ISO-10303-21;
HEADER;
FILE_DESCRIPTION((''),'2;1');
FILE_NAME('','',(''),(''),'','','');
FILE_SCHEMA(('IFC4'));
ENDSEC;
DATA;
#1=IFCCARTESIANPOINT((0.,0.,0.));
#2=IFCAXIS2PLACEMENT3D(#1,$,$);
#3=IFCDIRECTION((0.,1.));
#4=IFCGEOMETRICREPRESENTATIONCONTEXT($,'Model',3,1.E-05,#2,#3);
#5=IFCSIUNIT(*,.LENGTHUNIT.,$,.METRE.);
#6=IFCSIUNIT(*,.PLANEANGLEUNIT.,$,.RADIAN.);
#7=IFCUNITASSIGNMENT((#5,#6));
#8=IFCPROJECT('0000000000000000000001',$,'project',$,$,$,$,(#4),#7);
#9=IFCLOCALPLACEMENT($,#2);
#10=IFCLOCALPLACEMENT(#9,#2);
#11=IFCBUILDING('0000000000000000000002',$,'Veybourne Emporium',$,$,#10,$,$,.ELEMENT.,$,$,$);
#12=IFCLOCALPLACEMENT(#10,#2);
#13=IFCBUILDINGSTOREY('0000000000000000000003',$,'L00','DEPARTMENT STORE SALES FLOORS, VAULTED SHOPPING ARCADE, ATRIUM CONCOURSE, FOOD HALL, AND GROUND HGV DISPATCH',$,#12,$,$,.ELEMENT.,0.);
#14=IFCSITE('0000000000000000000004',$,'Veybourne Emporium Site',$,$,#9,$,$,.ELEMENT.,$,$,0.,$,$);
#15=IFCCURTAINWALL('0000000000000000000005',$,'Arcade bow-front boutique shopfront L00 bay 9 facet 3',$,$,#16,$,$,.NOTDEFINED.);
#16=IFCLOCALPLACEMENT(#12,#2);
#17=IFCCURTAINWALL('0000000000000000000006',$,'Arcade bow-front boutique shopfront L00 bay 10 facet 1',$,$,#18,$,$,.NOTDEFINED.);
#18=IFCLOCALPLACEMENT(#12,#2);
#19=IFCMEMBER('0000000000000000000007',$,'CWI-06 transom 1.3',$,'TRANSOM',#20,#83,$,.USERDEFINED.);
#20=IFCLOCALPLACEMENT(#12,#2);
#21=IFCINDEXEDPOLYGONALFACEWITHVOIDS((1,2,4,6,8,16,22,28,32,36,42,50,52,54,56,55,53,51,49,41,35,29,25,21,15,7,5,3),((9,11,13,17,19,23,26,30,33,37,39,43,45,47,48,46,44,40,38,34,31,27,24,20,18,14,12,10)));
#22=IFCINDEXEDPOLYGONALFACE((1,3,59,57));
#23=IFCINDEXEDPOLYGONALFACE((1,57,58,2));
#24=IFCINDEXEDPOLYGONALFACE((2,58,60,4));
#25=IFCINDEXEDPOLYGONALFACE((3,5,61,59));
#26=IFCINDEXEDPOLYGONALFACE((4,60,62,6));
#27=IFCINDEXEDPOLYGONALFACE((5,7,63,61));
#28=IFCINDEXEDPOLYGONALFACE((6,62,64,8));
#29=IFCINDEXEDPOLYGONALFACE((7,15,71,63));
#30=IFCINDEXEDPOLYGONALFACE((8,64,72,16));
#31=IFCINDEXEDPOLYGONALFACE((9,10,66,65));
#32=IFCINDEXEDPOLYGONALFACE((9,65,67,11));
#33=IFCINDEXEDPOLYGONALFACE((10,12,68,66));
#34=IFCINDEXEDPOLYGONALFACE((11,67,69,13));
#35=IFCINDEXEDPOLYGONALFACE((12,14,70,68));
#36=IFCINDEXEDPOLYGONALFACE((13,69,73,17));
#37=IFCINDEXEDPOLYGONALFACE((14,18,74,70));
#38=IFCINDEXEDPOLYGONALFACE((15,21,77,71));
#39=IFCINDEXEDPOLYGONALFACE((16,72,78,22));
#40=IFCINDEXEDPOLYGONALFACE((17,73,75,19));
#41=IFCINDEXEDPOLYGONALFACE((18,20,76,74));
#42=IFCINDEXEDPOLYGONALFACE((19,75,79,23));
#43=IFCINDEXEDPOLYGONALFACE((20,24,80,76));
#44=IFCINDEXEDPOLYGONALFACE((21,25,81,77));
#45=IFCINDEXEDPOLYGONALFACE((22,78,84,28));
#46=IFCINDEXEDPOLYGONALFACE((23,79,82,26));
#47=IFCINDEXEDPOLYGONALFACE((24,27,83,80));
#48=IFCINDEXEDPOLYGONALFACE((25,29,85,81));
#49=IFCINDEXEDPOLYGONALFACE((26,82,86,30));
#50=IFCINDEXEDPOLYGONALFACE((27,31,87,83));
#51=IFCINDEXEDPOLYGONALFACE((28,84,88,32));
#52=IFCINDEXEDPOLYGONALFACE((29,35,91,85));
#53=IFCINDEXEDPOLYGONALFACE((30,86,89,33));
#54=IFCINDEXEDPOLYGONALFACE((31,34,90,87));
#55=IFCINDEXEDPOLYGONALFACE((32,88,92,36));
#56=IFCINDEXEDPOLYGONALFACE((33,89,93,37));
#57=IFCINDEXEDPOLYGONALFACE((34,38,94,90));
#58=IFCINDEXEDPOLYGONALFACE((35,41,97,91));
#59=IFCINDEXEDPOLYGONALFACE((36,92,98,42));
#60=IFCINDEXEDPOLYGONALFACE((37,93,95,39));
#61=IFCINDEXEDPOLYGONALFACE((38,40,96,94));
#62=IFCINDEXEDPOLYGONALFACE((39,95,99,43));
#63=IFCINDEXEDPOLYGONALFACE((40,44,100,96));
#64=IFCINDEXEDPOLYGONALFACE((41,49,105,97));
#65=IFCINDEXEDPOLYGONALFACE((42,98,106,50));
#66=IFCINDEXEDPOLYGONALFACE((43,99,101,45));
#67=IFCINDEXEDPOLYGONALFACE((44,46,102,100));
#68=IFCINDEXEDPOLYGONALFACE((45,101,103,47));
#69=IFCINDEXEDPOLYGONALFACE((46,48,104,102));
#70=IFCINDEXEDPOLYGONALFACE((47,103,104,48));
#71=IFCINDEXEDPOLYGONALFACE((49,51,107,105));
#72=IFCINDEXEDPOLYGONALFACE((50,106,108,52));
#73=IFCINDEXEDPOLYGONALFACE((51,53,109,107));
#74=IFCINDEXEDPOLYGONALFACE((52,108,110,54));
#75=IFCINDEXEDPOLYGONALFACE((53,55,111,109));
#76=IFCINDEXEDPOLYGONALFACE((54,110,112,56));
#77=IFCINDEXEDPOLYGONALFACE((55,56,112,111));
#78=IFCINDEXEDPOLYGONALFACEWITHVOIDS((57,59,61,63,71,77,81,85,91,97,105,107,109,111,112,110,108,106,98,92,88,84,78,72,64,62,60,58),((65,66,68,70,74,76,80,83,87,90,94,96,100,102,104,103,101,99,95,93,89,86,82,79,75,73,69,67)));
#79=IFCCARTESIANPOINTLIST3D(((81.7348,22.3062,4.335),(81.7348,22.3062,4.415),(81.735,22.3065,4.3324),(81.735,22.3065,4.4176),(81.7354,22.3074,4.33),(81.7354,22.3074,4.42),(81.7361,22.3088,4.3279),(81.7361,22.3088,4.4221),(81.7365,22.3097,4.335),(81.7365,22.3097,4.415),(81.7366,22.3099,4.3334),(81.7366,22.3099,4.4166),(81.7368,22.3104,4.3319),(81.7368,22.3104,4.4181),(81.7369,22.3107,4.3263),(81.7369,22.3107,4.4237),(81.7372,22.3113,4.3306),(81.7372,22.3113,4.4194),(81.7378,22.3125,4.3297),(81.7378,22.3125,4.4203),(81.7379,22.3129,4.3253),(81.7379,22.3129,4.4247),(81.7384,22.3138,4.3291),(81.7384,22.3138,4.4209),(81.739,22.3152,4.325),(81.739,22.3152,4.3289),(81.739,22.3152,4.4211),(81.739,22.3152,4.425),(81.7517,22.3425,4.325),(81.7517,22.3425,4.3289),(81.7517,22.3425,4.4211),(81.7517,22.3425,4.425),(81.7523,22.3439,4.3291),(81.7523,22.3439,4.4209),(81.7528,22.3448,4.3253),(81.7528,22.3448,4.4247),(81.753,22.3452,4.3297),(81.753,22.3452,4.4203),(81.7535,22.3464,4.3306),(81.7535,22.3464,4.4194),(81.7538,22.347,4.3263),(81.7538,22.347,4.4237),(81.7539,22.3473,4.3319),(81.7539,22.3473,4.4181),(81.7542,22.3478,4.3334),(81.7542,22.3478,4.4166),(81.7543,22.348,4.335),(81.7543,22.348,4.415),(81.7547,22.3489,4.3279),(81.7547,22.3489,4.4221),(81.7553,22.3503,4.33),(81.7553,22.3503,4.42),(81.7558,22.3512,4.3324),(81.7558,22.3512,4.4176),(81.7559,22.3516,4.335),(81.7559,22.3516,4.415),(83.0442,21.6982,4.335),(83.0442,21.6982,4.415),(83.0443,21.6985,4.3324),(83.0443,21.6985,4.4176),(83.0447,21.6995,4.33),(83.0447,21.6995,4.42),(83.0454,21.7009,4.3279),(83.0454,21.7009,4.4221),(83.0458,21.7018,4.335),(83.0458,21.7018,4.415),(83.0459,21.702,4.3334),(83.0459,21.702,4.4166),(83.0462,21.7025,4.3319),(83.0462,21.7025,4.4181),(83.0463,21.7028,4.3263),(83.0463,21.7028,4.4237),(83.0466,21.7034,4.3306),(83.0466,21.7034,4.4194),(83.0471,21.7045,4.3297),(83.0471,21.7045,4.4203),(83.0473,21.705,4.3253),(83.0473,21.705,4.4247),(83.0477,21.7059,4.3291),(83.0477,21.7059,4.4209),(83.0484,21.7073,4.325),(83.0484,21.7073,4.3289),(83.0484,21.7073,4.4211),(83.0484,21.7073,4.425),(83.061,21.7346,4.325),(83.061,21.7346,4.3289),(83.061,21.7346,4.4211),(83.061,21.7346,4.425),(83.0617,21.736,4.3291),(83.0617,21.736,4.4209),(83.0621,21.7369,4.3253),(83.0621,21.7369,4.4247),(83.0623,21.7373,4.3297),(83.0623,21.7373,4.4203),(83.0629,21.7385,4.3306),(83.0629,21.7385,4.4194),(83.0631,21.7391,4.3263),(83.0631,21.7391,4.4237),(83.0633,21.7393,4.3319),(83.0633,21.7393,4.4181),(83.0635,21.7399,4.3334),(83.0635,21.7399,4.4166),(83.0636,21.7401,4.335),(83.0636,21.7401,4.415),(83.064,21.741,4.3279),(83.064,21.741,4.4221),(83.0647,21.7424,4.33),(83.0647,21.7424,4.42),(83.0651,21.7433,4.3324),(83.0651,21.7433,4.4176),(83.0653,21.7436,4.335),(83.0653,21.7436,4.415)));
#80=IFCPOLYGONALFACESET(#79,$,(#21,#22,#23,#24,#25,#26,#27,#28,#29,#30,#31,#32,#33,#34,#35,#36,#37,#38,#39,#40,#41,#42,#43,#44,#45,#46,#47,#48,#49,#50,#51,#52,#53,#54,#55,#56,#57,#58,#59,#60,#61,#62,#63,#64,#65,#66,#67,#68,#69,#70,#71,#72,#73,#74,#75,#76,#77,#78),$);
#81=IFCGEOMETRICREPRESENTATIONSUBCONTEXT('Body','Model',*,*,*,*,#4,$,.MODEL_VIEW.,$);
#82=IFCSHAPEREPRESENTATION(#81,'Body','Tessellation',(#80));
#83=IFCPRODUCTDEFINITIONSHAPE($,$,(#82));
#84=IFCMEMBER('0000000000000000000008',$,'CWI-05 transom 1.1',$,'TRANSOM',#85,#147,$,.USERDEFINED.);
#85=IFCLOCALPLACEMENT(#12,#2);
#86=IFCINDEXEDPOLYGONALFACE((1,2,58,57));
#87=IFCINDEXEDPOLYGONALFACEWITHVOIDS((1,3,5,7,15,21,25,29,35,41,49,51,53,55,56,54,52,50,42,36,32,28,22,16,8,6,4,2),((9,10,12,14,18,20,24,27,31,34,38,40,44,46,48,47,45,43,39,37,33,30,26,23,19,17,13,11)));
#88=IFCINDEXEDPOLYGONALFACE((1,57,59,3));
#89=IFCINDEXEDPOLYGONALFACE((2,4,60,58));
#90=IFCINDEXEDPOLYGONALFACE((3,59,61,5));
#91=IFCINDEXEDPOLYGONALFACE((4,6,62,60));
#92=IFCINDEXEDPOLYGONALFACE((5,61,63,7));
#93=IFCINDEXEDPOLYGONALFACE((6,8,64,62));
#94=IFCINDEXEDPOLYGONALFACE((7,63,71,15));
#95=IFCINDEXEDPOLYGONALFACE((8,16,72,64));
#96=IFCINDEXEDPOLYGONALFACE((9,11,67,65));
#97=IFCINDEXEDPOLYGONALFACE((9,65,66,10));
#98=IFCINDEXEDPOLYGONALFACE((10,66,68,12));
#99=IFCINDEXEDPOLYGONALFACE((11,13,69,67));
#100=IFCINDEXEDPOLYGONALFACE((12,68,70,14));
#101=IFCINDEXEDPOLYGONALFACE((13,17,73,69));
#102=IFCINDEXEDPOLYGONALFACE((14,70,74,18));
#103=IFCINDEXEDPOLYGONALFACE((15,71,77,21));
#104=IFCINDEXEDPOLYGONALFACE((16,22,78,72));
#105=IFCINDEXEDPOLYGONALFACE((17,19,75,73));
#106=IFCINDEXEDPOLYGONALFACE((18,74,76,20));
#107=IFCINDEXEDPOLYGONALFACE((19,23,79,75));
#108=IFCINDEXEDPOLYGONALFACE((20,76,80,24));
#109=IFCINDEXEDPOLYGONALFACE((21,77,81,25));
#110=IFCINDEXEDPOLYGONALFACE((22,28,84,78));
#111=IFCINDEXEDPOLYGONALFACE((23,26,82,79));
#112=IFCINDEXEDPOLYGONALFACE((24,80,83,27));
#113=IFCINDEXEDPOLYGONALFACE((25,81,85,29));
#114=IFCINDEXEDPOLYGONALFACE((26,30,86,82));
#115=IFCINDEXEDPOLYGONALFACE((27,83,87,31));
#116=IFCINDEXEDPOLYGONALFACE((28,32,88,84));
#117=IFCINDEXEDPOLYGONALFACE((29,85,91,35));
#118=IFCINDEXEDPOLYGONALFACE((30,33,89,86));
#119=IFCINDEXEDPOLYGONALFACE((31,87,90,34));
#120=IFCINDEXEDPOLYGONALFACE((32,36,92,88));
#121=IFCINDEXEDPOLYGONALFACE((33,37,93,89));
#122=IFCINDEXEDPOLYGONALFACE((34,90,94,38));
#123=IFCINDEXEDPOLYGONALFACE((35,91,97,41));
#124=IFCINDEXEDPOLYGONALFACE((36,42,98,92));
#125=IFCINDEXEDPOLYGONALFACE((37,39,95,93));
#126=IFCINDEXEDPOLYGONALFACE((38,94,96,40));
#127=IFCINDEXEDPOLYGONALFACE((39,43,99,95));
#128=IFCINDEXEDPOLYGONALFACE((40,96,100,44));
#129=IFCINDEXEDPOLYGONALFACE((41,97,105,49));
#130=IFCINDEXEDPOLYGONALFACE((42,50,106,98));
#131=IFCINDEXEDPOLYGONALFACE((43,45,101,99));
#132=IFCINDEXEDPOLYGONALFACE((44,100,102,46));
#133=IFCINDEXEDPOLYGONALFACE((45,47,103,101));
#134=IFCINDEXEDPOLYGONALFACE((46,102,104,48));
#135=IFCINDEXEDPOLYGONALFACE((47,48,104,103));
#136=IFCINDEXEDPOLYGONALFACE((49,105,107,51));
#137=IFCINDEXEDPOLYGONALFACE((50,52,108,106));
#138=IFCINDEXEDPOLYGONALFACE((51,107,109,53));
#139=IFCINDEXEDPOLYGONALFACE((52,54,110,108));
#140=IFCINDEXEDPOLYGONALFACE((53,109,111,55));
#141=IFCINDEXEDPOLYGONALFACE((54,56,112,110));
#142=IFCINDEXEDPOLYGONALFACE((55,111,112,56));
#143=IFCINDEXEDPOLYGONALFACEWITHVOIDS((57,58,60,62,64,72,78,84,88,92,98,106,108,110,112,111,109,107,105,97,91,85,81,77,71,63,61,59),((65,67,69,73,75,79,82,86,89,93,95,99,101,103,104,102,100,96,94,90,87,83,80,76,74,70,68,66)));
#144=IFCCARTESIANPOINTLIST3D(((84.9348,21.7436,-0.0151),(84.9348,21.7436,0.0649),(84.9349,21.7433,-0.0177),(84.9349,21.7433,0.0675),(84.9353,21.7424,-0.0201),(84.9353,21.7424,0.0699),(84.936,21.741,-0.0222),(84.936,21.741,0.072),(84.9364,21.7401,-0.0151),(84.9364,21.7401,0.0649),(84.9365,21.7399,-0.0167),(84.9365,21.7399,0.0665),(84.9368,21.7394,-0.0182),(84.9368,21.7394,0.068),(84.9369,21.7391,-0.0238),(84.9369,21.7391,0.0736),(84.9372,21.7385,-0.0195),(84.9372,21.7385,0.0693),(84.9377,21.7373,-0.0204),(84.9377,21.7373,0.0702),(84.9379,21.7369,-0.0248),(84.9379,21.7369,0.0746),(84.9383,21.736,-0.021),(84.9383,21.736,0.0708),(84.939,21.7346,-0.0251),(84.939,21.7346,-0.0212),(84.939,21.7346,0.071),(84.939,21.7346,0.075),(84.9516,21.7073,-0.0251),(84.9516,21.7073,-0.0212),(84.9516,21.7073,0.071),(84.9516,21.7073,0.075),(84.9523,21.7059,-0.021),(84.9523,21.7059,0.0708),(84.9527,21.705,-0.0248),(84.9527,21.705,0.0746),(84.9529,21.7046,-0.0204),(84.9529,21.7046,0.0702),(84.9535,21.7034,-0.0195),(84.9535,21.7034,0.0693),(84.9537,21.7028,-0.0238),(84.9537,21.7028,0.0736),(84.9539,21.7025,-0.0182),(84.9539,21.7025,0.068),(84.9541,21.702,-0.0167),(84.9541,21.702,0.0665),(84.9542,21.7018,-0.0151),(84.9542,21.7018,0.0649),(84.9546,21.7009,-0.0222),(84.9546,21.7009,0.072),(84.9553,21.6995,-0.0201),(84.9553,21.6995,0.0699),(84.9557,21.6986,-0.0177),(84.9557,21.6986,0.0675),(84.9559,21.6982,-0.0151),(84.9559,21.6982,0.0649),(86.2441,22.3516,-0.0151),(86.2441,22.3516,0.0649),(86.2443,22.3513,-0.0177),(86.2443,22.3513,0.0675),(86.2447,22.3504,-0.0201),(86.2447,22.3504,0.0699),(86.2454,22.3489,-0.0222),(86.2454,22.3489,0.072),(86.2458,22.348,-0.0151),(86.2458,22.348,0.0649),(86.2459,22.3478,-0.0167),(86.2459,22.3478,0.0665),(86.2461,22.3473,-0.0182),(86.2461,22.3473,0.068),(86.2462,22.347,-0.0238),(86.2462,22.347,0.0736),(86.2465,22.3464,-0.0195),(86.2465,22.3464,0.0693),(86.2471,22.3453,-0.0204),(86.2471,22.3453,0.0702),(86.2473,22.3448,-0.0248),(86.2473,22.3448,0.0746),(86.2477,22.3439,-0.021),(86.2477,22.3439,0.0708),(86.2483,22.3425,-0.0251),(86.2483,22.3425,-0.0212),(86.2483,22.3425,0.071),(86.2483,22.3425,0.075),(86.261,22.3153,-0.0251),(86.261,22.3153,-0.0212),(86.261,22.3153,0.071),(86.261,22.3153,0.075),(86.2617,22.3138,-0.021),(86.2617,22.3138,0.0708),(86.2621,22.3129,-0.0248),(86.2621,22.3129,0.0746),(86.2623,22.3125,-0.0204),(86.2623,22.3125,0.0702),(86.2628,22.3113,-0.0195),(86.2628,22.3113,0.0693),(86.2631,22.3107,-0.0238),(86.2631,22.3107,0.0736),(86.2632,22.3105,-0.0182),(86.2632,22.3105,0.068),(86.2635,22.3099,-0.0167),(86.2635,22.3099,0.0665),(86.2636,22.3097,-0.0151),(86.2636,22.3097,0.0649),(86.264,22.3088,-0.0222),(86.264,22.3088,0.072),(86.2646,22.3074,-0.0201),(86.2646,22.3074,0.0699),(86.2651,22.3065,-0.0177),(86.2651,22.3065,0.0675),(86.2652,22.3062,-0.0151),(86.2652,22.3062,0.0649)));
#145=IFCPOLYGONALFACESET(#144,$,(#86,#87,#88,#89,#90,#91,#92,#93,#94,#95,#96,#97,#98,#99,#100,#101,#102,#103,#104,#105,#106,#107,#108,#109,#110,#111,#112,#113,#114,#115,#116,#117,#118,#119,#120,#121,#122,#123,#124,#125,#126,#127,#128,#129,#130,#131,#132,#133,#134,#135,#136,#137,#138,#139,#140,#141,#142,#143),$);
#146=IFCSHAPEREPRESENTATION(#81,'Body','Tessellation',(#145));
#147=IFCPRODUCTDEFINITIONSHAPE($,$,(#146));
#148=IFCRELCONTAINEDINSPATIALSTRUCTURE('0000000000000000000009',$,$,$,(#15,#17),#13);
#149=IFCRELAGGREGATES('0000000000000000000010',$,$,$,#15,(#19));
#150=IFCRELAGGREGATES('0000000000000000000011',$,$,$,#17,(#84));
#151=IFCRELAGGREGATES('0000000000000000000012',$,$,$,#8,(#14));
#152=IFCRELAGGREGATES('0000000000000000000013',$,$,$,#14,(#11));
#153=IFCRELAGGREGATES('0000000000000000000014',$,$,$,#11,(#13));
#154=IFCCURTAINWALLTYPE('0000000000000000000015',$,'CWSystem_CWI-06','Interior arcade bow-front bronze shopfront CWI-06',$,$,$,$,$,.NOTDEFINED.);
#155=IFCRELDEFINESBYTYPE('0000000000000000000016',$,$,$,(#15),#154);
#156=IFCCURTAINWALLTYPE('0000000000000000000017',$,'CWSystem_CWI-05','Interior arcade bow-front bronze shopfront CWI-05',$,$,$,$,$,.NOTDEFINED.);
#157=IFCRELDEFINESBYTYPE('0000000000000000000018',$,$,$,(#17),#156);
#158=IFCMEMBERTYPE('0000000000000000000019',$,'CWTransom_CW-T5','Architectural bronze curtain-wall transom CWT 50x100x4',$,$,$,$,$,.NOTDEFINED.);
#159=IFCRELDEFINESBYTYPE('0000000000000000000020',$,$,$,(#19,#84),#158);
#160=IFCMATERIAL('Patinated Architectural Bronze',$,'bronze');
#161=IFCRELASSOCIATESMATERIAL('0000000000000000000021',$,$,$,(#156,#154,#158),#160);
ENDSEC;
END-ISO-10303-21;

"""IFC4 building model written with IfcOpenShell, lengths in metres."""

from ifc_helpers import new_model, si_unit, direction, frame, origin, origin_2d, place, context, subcontext, project, spatial, hollow_rectangle, extrude, material, material_profile, profile_set, type_object, element, aggregate, save


model = new_model("IFC4")

# Units and contexts
model_context = context("Model", 3, precision=1e-05, world=origin(), true_north=direction((0.0, 1.0)))
body_context = subcontext(model_context, "Body", "Model", "MODEL_VIEW")
ifc_project = project(units=[si_unit("LENGTHUNIT", "METRE"), si_unit("PLANEANGLEUNIT", "RADIAN")], contexts=[model_context])

# Site, building, storey
site_placement = place(None, origin())
site = spatial("IfcSite", under=ifc_project, at=site_placement, Name="Veybourne Emporium Site", CompositionType="ELEMENT", RefElevation=0.0)
building_placement = place(site_placement, origin())
building = spatial("IfcBuilding", under=site, at=building_placement, Name="Veybourne Emporium", CompositionType="ELEMENT")
storey_placement = place(building_placement, origin())
storey = spatial("IfcBuildingStorey", under=building, at=storey_placement, Name="L00", Description="DEPARTMENT STORE SALES FLOORS, VAULTED SHOPPING ARCADE, ATRIUM CONCOURSE, FOOD HALL, AND GROUND HGV DISPATCH", CompositionType="ELEMENT", Elevation=0.0)

# Shared definitions
ifc_material_1 = material(Name="Patinated Architectural Bronze", Category="bronze")
curtain_wall_type_1 = type_object("IfcCurtainWallType", Name="CWSystem_CWI-05", Description="Interior arcade bow-front bronze shopfront CWI-05", PredefinedType="NOTDEFINED", material=ifc_material_1)

# Curtain wall
curtain_wall_type_2 = type_object("IfcCurtainWallType", Name="CWSystem_CWI-06", Description="Interior arcade bow-front bronze shopfront CWI-06", PredefinedType="NOTDEFINED", material=ifc_material_1)
curtain_wall_1_placement = place(storey_placement, origin())
curtain_wall_1 = element("IfcCurtainWall", 1, at=curtain_wall_1_placement, inside=storey, type_object=curtain_wall_type_2, Name="Arcade bow-front boutique shopfront L00 bay 9 facet 3", PredefinedType="NOTDEFINED")

# Curtain wall
curtain_wall_2_placement = place(storey_placement, origin())
curtain_wall_2 = element("IfcCurtainWall", 2, at=curtain_wall_2_placement, inside=storey, type_object=curtain_wall_type_1, Name="Arcade bow-front boutique shopfront L00 bay 10 facet 1", PredefinedType="NOTDEFINED")

# Members
ifc_material_profile_1 = material_profile(ifc_material_1, hollow_rectangle(XDim=0.05, YDim=0.1001, WallThickness=0.0039, InnerFilletRadius=0.0061, OuterFilletRadius=0.01, at=origin_2d()), Name="CWT 50x100x4")
ifc_profile_set_1 = profile_set([ifc_material_profile_1], Name="Patinated Architectural Bronze")
member_type_1 = type_object("IfcMemberType", Name="CWTransom_CW-T5", Description="Architectural bronze curtain-wall transom CWT 50x100x4", PredefinedType="NOTDEFINED", material=ifc_profile_set_1)
member_1_placement = place(storey_placement, frame((81.7454, 22.3289, 4.375), z_axis=(0.907007, -0.421116, 0.0), x_axis=(0.421116, 0.907007, 0.0)))
member_1 = element("IfcMember", 3, at=member_1_placement, type_object=member_type_1, Name="CWI-06 transom 1.3", ObjectType="TRANSOM", PredefinedType="USERDEFINED", context=body_context, shape_type="SweptSolid", body=[
    extrude(hollow_rectangle(XDim=0.05, YDim=0.1001, WallThickness=0.0039, InnerFilletRadius=0.0061, OuterFilletRadius=0.01, at=origin_2d()), origin(), (0.0, 0.0, 1.0), 1.4436),
])
member_2_placement = place(storey_placement, frame((84.9453, 21.7209, 0.0249), z_axis=(0.907007, 0.421116, 0.0), x_axis=(-0.421116, 0.907007, 0.0)))
member_2 = element("IfcMember", 4, at=member_2_placement, type_object=member_type_1, Name="CWI-05 transom 1.1", ObjectType="TRANSOM", PredefinedType="USERDEFINED", context=body_context, shape_type="SweptSolid", body=[
    extrude(hollow_rectangle(XDim=0.05, YDim=0.1001, WallThickness=0.0039, InnerFilletRadius=0.0061, OuterFilletRadius=0.01, at=origin_2d()), origin(), (0.0, 0.0, 1.0), 1.4436),
])

aggregate(curtain_wall_1, [member_1])
aggregate(curtain_wall_2, [member_2])

save(model, "model.ifc")
